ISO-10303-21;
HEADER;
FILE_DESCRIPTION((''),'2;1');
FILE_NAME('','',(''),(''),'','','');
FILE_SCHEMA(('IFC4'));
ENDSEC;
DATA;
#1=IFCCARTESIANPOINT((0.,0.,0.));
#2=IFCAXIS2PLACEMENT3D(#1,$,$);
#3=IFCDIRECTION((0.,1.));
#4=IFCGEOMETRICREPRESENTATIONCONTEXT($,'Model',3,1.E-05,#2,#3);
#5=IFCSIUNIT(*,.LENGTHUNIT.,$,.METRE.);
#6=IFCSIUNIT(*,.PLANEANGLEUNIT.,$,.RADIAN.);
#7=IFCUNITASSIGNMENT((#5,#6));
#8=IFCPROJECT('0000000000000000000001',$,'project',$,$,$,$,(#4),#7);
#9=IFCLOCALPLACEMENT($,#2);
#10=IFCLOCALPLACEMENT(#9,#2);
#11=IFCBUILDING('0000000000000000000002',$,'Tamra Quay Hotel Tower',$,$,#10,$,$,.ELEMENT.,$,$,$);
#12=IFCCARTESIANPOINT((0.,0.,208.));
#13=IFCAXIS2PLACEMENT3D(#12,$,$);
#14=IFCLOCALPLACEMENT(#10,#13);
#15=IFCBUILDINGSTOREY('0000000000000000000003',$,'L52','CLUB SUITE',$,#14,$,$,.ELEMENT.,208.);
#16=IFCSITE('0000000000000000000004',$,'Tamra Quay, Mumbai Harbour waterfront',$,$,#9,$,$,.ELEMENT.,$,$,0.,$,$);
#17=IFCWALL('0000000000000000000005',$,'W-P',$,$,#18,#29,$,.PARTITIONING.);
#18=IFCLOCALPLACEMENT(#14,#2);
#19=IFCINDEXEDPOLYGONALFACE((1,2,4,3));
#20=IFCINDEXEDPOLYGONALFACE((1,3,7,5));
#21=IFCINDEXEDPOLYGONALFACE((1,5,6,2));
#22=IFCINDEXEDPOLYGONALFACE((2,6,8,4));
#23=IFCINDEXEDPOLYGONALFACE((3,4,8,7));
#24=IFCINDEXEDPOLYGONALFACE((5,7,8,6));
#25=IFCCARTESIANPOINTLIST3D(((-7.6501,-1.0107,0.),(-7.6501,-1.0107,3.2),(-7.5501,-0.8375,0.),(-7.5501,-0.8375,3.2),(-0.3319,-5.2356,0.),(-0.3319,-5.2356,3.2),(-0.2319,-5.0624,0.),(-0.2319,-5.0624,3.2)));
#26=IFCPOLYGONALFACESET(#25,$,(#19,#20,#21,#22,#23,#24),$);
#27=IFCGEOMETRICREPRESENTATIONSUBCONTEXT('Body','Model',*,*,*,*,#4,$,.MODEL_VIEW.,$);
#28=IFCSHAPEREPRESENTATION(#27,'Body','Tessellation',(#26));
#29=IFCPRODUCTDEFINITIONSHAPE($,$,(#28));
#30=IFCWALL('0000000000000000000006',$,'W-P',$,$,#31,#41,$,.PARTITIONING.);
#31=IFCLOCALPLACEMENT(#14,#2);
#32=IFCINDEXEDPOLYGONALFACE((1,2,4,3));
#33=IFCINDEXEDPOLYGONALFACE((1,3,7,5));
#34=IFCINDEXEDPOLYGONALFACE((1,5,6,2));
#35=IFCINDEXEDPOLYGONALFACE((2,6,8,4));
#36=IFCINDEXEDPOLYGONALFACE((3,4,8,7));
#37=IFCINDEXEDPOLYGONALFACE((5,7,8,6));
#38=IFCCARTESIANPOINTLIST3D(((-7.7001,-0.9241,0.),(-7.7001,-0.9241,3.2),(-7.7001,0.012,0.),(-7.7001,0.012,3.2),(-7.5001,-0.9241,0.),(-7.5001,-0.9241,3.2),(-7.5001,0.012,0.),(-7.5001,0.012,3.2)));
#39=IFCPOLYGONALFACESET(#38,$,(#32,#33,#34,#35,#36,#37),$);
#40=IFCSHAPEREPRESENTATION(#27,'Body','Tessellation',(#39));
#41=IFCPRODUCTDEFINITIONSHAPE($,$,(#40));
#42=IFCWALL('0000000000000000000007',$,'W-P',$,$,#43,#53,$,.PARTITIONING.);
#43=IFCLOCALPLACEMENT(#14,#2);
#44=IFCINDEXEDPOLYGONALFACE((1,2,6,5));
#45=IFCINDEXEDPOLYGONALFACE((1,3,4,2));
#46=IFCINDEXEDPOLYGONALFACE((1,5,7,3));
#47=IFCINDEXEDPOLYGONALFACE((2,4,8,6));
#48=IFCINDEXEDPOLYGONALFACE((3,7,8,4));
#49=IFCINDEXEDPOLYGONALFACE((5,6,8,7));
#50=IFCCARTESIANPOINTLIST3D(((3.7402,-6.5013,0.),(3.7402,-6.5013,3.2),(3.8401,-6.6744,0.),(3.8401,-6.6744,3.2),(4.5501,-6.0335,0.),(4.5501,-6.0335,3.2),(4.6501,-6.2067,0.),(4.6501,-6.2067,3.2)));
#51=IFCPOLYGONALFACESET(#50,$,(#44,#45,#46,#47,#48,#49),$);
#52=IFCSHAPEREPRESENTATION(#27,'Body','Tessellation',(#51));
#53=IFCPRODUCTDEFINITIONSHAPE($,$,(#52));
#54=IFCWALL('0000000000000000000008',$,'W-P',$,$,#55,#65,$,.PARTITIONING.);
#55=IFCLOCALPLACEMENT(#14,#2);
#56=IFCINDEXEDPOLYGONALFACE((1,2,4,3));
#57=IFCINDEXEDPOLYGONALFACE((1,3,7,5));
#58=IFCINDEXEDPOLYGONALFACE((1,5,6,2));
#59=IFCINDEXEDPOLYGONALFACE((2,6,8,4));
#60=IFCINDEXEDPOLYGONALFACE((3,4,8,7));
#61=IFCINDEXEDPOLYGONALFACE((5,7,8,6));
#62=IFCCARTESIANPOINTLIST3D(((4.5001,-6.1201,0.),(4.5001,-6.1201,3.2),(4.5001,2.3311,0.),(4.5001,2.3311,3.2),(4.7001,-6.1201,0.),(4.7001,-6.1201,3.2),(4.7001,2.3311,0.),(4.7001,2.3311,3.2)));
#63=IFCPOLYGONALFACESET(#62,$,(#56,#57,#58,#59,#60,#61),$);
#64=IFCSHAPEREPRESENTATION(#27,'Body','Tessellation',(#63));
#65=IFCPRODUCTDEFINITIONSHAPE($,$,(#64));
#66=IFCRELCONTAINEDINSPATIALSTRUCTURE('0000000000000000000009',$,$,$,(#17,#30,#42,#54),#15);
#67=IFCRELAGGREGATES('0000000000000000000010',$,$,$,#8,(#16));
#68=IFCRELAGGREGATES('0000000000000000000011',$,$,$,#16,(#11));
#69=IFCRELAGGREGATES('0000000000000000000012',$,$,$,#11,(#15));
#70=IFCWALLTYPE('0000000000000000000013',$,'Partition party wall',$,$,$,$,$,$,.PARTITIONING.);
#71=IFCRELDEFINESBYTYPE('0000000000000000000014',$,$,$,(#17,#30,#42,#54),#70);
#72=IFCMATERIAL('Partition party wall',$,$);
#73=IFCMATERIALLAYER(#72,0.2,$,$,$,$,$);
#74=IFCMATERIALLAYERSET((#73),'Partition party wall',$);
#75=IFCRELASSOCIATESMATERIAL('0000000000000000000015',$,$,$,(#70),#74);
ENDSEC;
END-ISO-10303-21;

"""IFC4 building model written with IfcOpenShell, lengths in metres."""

from ifc_helpers import new_model, si_unit, direction, frame, frame_2d, origin, place, context, subcontext, project, spatial, rectangle, extrude, material, layer, layer_set, type_object, element, save


model = new_model("IFC4")

# Units and contexts
model_context = context("Model", 3, precision=1e-05, world=origin(), true_north=direction((0.0, 1.0)))
body_context = subcontext(model_context, "Body", "Model", "MODEL_VIEW")
ifc_project = project(units=[si_unit("LENGTHUNIT", "METRE"), si_unit("PLANEANGLEUNIT", "RADIAN")], contexts=[model_context])

# Site, building, storey
site_placement = place(None, origin())
site = spatial("IfcSite", under=ifc_project, at=site_placement, Name="Tamra Quay, Mumbai Harbour waterfront", CompositionType="ELEMENT", RefElevation=0.0)
building_placement = place(site_placement, origin())
building = spatial("IfcBuilding", under=site, at=building_placement, Name="Tamra Quay Hotel Tower", CompositionType="ELEMENT")
storey_placement = place(building_placement, frame((0.0, 0.0, 208.0)))
storey = spatial("IfcBuildingStorey", under=building, at=storey_placement, Name="L52", Description="CLUB SUITE", CompositionType="ELEMENT", Elevation=208.0)

# Walls
ifc_material_1 = material(Name="Partition party wall")
ifc_layer_1 = layer(ifc_material_1, 0.2)
ifc_layer_set_1 = layer_set([ifc_layer_1], Name="Partition party wall")
wall_type_1 = type_object("IfcWallType", Name="Partition party wall", PredefinedType="PARTITIONING", material=ifc_layer_set_1)
wall_1_placement = place(storey_placement, frame((-7.6001, -0.9241, 0.0), z_axis=(0.0, 0.0, 1.0), x_axis=(0.866039, -0.499977, 0.0)))
element("IfcWall", 1, at=wall_1_placement, inside=storey, type_object=wall_type_1, Name="W-P", PredefinedType="PARTITIONING", context=body_context, shape_type="SweptSolid", body=[
    extrude(rectangle(XDim=8.4502, YDim=0.2, at=frame_2d((4.2251, 0.0))), origin(), (0.0, 0.0, 1.0), 3.2),
])
wall_2_placement = place(storey_placement, frame((-7.6001, -0.9241, 0.0), z_axis=(0.0, 0.0, 1.0), x_axis=(0.0, 1.0, 0.0)))
element("IfcWall", 2, at=wall_2_placement, inside=storey, type_object=wall_type_1, Name="W-P", PredefinedType="PARTITIONING", context=body_context, shape_type="SweptSolid", body=[
    extrude(rectangle(XDim=0.936, YDim=0.2, at=frame_2d((0.468, 0.0))), origin(), (0.0, 0.0, 1.0), 3.2),
])
wall_3_placement = place(storey_placement, frame((3.79, -6.5879, 0.0), z_axis=(0.0, 0.0, 1.0), x_axis=(0.865986, 0.500069, 0.0)))
element("IfcWall", 3, at=wall_3_placement, inside=storey, type_object=wall_type_1, Name="W-P", PredefinedType="PARTITIONING", context=body_context, shape_type="SweptSolid", body=[
    extrude(rectangle(XDim=0.9353, YDim=0.2, at=frame_2d((0.4678, 0.0))), origin(), (0.0, 0.0, 1.0), 3.2),
])
wall_4_placement = place(storey_placement, frame((4.6001, -6.1201, 0.0), z_axis=(0.0, 0.0, 1.0), x_axis=(0.0, 1.0, 0.0)))
element("IfcWall", 4, at=wall_4_placement, inside=storey, type_object=wall_type_1, Name="W-P", PredefinedType="PARTITIONING", context=body_context, shape_type="SweptSolid", body=[
    extrude(rectangle(XDim=8.4512, YDim=0.2, at=frame_2d((4.2256, 0.0))), origin(), (0.0, 0.0, 1.0), 3.2),
])

save(model, "model.ifc")
